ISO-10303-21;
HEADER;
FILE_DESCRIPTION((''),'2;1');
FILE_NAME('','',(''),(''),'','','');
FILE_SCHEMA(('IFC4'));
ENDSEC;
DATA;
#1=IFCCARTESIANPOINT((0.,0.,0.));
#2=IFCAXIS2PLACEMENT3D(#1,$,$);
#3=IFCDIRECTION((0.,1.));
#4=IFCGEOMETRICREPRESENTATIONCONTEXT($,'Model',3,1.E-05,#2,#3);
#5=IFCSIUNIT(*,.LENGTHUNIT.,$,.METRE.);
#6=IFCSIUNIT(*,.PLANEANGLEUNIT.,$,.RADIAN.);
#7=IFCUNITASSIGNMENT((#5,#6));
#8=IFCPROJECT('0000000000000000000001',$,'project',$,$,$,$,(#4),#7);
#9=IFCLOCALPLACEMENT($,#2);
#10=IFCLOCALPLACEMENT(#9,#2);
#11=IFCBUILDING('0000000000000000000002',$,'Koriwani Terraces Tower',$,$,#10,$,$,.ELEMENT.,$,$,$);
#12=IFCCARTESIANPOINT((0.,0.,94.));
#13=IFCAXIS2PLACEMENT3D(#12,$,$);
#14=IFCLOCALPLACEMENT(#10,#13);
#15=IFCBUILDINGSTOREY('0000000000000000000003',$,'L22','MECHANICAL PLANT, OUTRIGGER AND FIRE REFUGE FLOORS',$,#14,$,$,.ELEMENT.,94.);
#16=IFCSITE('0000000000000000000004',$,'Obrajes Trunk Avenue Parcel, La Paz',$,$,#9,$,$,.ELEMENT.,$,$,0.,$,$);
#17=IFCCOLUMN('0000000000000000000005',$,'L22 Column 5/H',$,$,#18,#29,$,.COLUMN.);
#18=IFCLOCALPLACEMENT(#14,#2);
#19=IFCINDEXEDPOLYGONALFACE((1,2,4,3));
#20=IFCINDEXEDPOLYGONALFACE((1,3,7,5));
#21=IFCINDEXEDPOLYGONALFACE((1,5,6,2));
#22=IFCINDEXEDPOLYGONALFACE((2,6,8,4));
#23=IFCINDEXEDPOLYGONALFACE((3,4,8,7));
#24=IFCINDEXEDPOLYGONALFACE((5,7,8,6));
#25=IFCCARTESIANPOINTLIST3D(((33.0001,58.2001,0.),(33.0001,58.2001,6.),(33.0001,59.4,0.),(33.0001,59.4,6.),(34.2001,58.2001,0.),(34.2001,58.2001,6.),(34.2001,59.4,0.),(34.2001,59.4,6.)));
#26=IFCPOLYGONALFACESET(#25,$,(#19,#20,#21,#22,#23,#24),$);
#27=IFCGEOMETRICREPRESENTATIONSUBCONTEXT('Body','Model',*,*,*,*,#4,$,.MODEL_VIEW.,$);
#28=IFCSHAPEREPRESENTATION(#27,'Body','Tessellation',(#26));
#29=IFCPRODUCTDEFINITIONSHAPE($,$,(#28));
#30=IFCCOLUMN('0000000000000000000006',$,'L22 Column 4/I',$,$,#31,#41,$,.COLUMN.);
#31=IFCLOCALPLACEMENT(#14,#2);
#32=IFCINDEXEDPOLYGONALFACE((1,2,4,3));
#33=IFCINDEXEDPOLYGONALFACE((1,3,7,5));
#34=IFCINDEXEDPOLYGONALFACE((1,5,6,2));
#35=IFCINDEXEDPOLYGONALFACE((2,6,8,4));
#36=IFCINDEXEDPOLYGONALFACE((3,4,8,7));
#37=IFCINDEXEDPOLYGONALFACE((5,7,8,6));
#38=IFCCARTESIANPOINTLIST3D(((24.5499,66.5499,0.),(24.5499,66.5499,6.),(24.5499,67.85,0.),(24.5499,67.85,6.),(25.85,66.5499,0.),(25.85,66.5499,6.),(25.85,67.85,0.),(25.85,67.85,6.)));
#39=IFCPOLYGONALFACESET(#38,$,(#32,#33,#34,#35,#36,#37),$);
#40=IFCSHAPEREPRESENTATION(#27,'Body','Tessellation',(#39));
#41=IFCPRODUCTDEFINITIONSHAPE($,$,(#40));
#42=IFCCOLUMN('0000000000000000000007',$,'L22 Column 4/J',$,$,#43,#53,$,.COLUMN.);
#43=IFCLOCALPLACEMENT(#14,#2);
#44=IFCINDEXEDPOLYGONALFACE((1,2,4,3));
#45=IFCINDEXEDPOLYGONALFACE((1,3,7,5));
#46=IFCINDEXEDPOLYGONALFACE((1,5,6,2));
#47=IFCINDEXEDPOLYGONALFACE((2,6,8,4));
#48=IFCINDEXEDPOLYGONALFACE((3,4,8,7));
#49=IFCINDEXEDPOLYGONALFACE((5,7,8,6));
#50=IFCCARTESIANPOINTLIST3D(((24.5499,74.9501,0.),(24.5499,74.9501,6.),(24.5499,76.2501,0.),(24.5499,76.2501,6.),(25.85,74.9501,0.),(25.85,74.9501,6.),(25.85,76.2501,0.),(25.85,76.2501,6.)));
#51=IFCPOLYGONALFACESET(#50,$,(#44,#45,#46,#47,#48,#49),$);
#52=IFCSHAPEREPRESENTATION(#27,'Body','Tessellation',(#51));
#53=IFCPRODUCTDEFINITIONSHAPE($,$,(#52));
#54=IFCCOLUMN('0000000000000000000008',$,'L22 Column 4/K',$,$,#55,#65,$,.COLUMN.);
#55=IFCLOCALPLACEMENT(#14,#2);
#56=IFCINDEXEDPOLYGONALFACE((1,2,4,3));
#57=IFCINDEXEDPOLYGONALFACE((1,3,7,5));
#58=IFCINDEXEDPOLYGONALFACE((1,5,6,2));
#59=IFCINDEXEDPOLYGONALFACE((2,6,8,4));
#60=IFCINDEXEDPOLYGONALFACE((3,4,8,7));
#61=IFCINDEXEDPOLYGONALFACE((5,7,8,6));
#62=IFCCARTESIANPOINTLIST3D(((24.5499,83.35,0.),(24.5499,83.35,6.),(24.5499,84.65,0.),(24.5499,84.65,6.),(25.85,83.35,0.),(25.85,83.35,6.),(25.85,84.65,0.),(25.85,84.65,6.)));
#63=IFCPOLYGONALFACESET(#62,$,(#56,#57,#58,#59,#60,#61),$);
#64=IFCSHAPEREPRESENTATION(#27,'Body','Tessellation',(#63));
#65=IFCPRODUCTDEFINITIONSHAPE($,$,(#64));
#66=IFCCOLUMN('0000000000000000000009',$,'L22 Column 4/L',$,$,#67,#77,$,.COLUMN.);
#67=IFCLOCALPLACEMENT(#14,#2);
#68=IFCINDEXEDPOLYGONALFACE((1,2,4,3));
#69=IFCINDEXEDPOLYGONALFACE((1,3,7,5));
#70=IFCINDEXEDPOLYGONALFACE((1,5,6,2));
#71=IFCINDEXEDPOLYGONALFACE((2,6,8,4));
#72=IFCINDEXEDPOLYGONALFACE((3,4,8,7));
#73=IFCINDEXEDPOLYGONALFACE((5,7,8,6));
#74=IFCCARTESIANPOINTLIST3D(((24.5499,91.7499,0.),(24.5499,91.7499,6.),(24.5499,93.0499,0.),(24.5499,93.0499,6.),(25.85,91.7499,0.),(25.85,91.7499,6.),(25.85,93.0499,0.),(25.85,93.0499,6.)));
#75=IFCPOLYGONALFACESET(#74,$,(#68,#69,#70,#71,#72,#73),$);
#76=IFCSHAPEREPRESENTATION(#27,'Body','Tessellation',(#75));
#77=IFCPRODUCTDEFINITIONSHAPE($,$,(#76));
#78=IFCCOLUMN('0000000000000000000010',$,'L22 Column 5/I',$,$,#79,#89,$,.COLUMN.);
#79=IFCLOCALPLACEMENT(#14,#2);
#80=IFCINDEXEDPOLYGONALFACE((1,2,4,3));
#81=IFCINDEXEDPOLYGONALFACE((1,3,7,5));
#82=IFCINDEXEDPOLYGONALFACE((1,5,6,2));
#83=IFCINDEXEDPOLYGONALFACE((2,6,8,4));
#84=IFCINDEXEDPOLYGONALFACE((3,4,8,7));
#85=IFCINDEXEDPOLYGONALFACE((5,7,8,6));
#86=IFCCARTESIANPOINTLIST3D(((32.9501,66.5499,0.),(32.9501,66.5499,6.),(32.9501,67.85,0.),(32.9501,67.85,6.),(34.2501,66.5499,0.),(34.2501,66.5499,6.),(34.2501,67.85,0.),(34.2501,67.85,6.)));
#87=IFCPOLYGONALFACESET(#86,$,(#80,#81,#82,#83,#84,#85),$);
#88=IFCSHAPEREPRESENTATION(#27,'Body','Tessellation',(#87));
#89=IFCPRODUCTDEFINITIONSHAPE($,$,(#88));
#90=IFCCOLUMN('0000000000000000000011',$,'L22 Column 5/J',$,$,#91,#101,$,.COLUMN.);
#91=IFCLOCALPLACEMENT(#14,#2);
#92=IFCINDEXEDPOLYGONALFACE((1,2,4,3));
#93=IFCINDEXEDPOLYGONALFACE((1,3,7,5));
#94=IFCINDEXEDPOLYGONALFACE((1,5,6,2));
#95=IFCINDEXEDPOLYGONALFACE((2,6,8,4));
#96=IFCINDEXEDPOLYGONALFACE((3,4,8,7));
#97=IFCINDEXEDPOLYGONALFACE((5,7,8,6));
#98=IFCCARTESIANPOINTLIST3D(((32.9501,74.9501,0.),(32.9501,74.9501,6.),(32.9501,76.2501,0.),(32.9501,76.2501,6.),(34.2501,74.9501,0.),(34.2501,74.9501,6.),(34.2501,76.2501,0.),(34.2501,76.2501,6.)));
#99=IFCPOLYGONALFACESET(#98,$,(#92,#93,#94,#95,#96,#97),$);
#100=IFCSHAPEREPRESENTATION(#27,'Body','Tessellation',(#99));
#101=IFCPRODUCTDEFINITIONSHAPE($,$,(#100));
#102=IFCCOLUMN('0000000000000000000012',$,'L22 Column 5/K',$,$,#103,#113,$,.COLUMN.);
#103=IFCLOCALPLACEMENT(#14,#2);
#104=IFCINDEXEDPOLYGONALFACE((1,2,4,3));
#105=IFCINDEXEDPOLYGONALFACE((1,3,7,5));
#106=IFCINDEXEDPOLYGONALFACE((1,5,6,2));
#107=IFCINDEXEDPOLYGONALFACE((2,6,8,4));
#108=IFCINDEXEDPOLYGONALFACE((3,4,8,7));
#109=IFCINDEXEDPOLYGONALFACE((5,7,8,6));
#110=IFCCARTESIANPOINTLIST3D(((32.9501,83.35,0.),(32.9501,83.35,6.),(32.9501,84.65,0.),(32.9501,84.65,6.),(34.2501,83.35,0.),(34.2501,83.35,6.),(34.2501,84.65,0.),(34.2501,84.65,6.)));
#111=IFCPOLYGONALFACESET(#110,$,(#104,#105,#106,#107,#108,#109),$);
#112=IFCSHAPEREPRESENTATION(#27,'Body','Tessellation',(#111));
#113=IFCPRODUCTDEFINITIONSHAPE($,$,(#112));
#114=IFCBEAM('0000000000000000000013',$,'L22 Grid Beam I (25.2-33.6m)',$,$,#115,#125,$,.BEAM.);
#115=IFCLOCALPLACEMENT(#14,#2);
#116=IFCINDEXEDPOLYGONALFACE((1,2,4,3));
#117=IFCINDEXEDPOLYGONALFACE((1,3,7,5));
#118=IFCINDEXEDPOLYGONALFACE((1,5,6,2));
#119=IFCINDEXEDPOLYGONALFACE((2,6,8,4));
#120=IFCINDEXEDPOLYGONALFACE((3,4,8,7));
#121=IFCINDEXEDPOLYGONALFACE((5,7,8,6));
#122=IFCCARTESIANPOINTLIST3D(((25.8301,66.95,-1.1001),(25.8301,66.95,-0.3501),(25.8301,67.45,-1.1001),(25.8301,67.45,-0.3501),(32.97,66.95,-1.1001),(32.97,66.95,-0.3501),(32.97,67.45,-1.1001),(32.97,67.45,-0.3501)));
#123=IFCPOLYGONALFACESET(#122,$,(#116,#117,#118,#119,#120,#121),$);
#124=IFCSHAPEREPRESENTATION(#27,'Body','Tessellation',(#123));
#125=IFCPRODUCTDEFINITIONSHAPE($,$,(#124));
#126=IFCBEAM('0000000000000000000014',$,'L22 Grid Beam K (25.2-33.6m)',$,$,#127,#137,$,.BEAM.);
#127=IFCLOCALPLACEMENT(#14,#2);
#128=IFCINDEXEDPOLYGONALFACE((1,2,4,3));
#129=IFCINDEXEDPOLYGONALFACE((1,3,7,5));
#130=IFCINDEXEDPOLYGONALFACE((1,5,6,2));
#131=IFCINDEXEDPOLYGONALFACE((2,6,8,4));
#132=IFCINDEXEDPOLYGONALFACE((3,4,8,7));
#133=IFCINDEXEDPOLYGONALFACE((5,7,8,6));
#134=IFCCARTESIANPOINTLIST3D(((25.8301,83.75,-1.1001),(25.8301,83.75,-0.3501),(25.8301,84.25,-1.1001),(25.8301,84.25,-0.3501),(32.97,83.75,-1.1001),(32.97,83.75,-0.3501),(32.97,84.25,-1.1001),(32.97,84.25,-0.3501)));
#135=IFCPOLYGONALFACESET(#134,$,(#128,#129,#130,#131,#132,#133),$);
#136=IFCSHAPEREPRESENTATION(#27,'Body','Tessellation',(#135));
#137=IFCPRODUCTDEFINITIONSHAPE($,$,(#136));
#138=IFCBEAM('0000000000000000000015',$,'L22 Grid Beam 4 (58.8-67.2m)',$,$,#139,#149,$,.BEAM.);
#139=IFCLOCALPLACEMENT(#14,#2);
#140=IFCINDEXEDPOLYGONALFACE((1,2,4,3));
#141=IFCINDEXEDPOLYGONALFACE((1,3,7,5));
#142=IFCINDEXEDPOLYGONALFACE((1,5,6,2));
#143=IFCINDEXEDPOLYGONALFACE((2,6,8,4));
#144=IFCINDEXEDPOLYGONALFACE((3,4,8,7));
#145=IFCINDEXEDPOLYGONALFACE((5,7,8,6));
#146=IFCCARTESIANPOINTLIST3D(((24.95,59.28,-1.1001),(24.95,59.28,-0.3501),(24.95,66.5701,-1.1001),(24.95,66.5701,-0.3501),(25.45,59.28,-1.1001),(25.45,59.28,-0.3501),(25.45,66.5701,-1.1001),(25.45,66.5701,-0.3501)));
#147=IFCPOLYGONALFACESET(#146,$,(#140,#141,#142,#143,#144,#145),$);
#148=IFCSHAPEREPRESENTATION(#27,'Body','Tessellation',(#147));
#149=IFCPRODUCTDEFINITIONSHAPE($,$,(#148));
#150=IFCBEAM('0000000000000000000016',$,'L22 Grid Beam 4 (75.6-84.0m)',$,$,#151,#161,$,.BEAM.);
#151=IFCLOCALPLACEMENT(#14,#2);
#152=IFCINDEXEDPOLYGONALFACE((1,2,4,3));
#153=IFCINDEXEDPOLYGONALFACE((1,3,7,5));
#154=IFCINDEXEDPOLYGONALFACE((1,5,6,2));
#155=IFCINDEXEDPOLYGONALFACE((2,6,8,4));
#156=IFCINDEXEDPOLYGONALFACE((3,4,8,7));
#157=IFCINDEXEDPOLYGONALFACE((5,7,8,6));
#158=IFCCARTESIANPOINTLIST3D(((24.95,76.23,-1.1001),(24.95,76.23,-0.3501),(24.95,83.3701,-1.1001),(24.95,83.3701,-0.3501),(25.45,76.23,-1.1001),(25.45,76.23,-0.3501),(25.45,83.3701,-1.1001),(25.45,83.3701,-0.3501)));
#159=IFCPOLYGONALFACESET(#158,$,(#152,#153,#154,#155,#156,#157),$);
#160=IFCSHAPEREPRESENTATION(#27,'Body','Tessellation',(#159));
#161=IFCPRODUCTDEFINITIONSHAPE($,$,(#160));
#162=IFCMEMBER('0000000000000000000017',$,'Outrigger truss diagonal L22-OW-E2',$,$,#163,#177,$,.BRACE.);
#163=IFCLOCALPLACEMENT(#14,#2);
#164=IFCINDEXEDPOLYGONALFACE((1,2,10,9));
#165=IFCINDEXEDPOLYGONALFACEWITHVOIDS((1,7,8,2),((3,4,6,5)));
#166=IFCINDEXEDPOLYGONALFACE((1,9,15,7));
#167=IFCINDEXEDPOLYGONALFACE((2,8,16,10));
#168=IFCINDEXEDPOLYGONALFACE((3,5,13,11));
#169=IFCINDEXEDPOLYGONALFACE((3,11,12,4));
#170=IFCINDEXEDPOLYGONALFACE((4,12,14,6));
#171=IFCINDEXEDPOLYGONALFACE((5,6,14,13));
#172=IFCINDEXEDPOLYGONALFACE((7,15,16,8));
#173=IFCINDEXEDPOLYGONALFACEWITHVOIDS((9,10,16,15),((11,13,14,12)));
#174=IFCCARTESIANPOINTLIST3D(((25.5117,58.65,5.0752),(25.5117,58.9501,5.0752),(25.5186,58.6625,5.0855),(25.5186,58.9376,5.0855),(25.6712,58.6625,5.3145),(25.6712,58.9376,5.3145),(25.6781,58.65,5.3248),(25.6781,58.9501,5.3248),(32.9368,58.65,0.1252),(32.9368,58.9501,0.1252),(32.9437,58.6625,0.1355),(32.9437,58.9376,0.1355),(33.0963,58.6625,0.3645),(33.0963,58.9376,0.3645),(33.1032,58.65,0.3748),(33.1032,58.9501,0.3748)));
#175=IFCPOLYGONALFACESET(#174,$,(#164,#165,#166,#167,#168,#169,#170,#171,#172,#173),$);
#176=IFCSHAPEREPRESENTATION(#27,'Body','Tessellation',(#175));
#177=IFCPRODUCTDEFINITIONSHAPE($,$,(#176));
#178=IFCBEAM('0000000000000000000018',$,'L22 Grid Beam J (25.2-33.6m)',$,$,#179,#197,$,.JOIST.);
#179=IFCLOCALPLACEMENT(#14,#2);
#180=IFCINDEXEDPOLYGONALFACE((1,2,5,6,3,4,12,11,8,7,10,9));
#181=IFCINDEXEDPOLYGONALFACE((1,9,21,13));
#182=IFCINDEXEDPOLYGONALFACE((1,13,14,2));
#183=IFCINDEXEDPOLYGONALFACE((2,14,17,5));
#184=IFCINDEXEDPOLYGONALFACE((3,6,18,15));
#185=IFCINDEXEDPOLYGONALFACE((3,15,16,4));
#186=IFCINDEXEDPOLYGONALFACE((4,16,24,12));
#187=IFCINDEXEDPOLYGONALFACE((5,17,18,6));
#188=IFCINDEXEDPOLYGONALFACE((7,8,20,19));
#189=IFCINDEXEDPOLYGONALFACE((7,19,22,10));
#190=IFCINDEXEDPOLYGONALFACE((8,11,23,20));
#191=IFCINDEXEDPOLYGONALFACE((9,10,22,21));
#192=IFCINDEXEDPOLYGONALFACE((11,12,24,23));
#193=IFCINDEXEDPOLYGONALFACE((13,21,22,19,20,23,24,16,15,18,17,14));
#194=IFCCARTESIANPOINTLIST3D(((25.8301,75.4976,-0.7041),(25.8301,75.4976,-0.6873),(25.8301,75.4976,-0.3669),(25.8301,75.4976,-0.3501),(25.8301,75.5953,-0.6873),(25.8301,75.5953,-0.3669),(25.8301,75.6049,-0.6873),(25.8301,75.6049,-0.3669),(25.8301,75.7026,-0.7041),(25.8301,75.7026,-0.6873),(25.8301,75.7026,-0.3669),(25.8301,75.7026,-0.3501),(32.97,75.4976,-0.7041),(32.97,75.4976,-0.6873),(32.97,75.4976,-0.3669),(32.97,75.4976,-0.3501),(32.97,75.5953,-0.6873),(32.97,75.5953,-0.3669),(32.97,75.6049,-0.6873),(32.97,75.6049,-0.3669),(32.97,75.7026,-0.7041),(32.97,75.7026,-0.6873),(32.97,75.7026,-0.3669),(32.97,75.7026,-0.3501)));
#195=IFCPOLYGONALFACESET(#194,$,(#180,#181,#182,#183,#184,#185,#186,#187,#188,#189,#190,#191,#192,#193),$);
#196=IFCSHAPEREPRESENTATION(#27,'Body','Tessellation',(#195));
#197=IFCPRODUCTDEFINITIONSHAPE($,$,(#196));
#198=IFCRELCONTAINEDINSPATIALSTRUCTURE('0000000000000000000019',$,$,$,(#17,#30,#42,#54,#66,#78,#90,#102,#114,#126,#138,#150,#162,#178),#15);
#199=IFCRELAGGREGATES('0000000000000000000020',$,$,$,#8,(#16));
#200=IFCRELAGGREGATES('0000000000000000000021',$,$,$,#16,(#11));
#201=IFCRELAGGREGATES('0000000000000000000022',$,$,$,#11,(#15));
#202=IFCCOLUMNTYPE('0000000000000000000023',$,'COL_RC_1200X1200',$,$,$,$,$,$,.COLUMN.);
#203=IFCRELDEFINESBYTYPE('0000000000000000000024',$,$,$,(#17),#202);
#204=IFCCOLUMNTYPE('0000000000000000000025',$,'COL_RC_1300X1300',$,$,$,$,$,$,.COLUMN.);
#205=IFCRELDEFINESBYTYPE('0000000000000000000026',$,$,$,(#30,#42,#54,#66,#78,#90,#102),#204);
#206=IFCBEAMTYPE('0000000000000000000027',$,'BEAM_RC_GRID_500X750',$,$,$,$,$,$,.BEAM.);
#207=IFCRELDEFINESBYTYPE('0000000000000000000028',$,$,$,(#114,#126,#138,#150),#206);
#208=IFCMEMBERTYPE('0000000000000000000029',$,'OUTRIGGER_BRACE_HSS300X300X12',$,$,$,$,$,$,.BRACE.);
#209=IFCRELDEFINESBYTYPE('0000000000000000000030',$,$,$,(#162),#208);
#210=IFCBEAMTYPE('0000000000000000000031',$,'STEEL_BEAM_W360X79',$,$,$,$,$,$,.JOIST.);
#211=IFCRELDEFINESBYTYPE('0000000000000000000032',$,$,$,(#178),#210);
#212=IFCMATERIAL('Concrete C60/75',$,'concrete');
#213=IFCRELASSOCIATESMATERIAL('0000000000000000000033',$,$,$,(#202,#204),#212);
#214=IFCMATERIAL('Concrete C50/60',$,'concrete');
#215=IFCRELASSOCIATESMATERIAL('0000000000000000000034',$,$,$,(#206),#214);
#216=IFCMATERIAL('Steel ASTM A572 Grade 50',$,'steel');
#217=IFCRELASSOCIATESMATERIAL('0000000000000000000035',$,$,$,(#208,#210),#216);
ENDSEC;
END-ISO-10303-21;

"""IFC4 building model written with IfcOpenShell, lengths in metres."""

from ifc_helpers import new_model, si_unit, direction, frame, origin, origin_2d, place, context, subcontext, project, spatial, rectangle, hollow_rectangle, i_section, extrude, material, material_profile, profile_set, type_object, element, save


model = new_model("IFC4")

# Units and contexts
model_context = context("Model", 3, precision=1e-05, world=origin(), true_north=direction((0.0, 1.0)))
body_context = subcontext(model_context, "Body", "Model", "MODEL_VIEW")
ifc_project = project(units=[si_unit("LENGTHUNIT", "METRE"), si_unit("PLANEANGLEUNIT", "RADIAN")], contexts=[model_context])

# Site, building, storey
site_placement = place(None, origin())
site = spatial("IfcSite", under=ifc_project, at=site_placement, Name="Obrajes Trunk Avenue Parcel, La Paz", CompositionType="ELEMENT", RefElevation=0.0)
building_placement = place(site_placement, origin())
building = spatial("IfcBuilding", under=site, at=building_placement, Name="Koriwani Terraces Tower", CompositionType="ELEMENT")
storey_placement = place(building_placement, frame((0.0, 0.0, 94.0)))
storey = spatial("IfcBuildingStorey", under=building, at=storey_placement, Name="L22", Description="MECHANICAL PLANT, OUTRIGGER AND FIRE REFUGE FLOORS", CompositionType="ELEMENT", Elevation=94.0)

# Columns
ifc_material_1 = material(Name="Concrete C60/75", Category="concrete")
ifc_material_profile_1 = material_profile(ifc_material_1, rectangle(XDim=1.2, YDim=1.2, at=origin_2d()), Name="Concrete C60/75", Category="LoadBearing")
ifc_profile_set_1 = profile_set([ifc_material_profile_1], Name="Concrete C60/75")
column_type_1 = type_object("IfcColumnType", Name="COL_RC_1200X1200", PredefinedType="COLUMN", material=ifc_profile_set_1)
column_placement = place(storey_placement, frame((33.6001, 58.8, 0.0), z_axis=(0.0, 0.0, 1.0), x_axis=(1.0, 0.0, 0.0)))
element("IfcColumn", 1, at=column_placement, inside=storey, type_object=column_type_1, Name="L22 Column 5/H", PredefinedType="COLUMN", context=body_context, shape_type="SweptSolid", body=[
    extrude(rectangle(XDim=1.2, YDim=1.2, at=origin_2d()), origin(), (0.0, 0.0, 1.0), 6.0),
])
ifc_material_profile_2 = material_profile(ifc_material_1, rectangle(XDim=1.3, YDim=1.3, at=origin_2d()), Name="Concrete C60/75", Category="LoadBearing")
ifc_profile_set_2 = profile_set([ifc_material_profile_2], Name="Concrete C60/75")
column_type_2 = type_object("IfcColumnType", Name="COL_RC_1300X1300", PredefinedType="COLUMN", material=ifc_profile_set_2)
for number, where, z_axis, x_axis, name in (
    (2, (25.2, 67.2, 0.0), (0.0, 0.0, 1.0), (1.0, 0.0, 0.0), "L22 Column 4/I"),
    (3, (25.2, 75.6001, 0.0), (0.0, 0.0, 1.0), (1.0, 0.0, 0.0), "L22 Column 4/J"),
    (4, (25.2, 84.0, 0.0), (0.0, 0.0, 1.0), (1.0, 0.0, 0.0), "L22 Column 4/K"),
    (5, (25.2, 92.3999, 0.0), (0.0, 0.0, 1.0), (1.0, 0.0, 0.0), "L22 Column 4/L"),
    (6, (33.6001, 67.2, 0.0), (0.0, 0.0, 1.0), (1.0, 0.0, 0.0), "L22 Column 5/I"),
    (7, (33.6001, 75.6001, 0.0), (0.0, 0.0, 1.0), (1.0, 0.0, 0.0), "L22 Column 5/J"),
    (8, (33.6001, 84.0, 0.0), (0.0, 0.0, 1.0), (1.0, 0.0, 0.0), "L22 Column 5/K"),
):
    element("IfcColumn", number, at=place(storey_placement, frame(where, z_axis=z_axis, x_axis=x_axis)), inside=storey, type_object=column_type_2, Name=name, PredefinedType="COLUMN", context=body_context, shape_type="SweptSolid", body=[
        extrude(rectangle(XDim=1.3, YDim=1.3, at=origin_2d()), origin(), (0.0, 0.0, 1.0), 6.0),
    ])

# Beams
ifc_material_2 = material(Name="Concrete C50/60", Category="concrete")
ifc_material_profile_3 = material_profile(ifc_material_2, rectangle(XDim=0.5, YDim=0.75, at=origin_2d()), Name="Concrete C50/60", Category="LoadBearing")
ifc_profile_set_3 = profile_set([ifc_material_profile_3], Name="Concrete C50/60")
beam_type_1 = type_object("IfcBeamType", Name="BEAM_RC_GRID_500X750", PredefinedType="BEAM", material=ifc_profile_set_3)
for number, where, z_axis, x_axis, name in (
    (9, (25.8301, 67.2, -0.7251), (1.0, 0.0, 0.0), (0.0, 1.0, 0.0), "L22 Grid Beam I (25.2-33.6m)"),
    (10, (25.8301, 84.0, -0.7251), (1.0, 0.0, 0.0), (0.0, 1.0, 0.0), "L22 Grid Beam K (25.2-33.6m)"),
):
    element("IfcBeam", number, at=place(storey_placement, frame(where, z_axis=z_axis, x_axis=x_axis)), inside=storey, type_object=beam_type_1, Name=name, PredefinedType="BEAM", context=body_context, shape_type="SweptSolid", body=[
        extrude(rectangle(XDim=0.5, YDim=0.75, at=origin_2d()), origin(), (0.0, 0.0, 1.0), 7.1399),
    ])
beam_1_placement = place(storey_placement, frame((25.2, 59.28, -0.7251), z_axis=(0.0, 1.0, 0.0), x_axis=(-1.0, 0.0, 0.0)))
element("IfcBeam", 11, at=beam_1_placement, inside=storey, type_object=beam_type_1, Name="L22 Grid Beam 4 (58.8-67.2m)", PredefinedType="BEAM", context=body_context, shape_type="SweptSolid", body=[
    extrude(rectangle(XDim=0.5, YDim=0.75, at=origin_2d()), origin(), (0.0, 0.0, 1.0), 7.29),
])
beam_2_placement = place(storey_placement, frame((25.2, 76.23, -0.7251), z_axis=(0.0, 1.0, 0.0), x_axis=(-1.0, 0.0, 0.0)))
element("IfcBeam", 12, at=beam_2_placement, inside=storey, type_object=beam_type_1, Name="L22 Grid Beam 4 (75.6-84.0m)", PredefinedType="BEAM", context=body_context, shape_type="SweptSolid", body=[
    extrude(rectangle(XDim=0.5, YDim=0.75, at=origin_2d()), origin(), (0.0, 0.0, 1.0), 7.1401),
])

# Member
ifc_material_3 = material(Name="Steel ASTM A572 Grade 50", Category="steel")
ifc_material_profile_4 = material_profile(ifc_material_3, hollow_rectangle(XDim=0.3, YDim=0.3, WallThickness=0.0125, at=origin_2d()), Name="Steel ASTM A572 Grade 50", Category="LoadBearing")
ifc_profile_set_4 = profile_set([ifc_material_profile_4], Name="Steel ASTM A572 Grade 50")
member_type = type_object("IfcMemberType", Name="OUTRIGGER_BRACE_HSS300X300X12", PredefinedType="BRACE", material=ifc_profile_set_4)
member_placement = place(storey_placement, frame((33.02, 58.8, 0.25), z_axis=(-0.832055, 0.0, 0.554694), x_axis=(0.0, -1.0, 0.0)))
element("IfcMember", 13, at=member_placement, inside=storey, type_object=member_type, Name="Outrigger truss diagonal L22-OW-E2", PredefinedType="BRACE", context=body_context, shape_type="SweptSolid", body=[
    extrude(hollow_rectangle(XDim=0.3, YDim=0.3, WallThickness=0.0125, at=origin_2d()), origin(), (0.0, 0.0, 1.0), 8.9238),
])

# Beam
ifc_material_profile_5 = material_profile(ifc_material_3, i_section(OverallWidth=0.2051, OverallDepth=0.354, WebThickness=0.0095, FlangeThickness=0.0168, at=origin_2d()), Name="Steel ASTM A572 Grade 50", Category="LoadBearing")
ifc_profile_set_5 = profile_set([ifc_material_profile_5], Name="Steel ASTM A572 Grade 50")
beam_type_2 = type_object("IfcBeamType", Name="STEEL_BEAM_W360X79", PredefinedType="JOIST", material=ifc_profile_set_5)
for number, where, z_axis, x_axis, name in (
    (14, (25.8301, 75.6001, -0.5271), (1.0, 0.0, 0.0), (0.0, 1.0, 0.0), "L22 Grid Beam J (25.2-33.6m)"),
):
    element("IfcBeam", number, at=place(storey_placement, frame(where, z_axis=z_axis, x_axis=x_axis)), inside=storey, type_object=beam_type_2, Name=name, PredefinedType="JOIST", context=body_context, shape_type="SweptSolid", body=[
        extrude(i_section(OverallWidth=0.2051, OverallDepth=0.354, WebThickness=0.0095, FlangeThickness=0.0168, at=origin_2d()), origin(), (0.0, 0.0, 1.0), 7.1399),
    ])

save(model, "model.ifc")
